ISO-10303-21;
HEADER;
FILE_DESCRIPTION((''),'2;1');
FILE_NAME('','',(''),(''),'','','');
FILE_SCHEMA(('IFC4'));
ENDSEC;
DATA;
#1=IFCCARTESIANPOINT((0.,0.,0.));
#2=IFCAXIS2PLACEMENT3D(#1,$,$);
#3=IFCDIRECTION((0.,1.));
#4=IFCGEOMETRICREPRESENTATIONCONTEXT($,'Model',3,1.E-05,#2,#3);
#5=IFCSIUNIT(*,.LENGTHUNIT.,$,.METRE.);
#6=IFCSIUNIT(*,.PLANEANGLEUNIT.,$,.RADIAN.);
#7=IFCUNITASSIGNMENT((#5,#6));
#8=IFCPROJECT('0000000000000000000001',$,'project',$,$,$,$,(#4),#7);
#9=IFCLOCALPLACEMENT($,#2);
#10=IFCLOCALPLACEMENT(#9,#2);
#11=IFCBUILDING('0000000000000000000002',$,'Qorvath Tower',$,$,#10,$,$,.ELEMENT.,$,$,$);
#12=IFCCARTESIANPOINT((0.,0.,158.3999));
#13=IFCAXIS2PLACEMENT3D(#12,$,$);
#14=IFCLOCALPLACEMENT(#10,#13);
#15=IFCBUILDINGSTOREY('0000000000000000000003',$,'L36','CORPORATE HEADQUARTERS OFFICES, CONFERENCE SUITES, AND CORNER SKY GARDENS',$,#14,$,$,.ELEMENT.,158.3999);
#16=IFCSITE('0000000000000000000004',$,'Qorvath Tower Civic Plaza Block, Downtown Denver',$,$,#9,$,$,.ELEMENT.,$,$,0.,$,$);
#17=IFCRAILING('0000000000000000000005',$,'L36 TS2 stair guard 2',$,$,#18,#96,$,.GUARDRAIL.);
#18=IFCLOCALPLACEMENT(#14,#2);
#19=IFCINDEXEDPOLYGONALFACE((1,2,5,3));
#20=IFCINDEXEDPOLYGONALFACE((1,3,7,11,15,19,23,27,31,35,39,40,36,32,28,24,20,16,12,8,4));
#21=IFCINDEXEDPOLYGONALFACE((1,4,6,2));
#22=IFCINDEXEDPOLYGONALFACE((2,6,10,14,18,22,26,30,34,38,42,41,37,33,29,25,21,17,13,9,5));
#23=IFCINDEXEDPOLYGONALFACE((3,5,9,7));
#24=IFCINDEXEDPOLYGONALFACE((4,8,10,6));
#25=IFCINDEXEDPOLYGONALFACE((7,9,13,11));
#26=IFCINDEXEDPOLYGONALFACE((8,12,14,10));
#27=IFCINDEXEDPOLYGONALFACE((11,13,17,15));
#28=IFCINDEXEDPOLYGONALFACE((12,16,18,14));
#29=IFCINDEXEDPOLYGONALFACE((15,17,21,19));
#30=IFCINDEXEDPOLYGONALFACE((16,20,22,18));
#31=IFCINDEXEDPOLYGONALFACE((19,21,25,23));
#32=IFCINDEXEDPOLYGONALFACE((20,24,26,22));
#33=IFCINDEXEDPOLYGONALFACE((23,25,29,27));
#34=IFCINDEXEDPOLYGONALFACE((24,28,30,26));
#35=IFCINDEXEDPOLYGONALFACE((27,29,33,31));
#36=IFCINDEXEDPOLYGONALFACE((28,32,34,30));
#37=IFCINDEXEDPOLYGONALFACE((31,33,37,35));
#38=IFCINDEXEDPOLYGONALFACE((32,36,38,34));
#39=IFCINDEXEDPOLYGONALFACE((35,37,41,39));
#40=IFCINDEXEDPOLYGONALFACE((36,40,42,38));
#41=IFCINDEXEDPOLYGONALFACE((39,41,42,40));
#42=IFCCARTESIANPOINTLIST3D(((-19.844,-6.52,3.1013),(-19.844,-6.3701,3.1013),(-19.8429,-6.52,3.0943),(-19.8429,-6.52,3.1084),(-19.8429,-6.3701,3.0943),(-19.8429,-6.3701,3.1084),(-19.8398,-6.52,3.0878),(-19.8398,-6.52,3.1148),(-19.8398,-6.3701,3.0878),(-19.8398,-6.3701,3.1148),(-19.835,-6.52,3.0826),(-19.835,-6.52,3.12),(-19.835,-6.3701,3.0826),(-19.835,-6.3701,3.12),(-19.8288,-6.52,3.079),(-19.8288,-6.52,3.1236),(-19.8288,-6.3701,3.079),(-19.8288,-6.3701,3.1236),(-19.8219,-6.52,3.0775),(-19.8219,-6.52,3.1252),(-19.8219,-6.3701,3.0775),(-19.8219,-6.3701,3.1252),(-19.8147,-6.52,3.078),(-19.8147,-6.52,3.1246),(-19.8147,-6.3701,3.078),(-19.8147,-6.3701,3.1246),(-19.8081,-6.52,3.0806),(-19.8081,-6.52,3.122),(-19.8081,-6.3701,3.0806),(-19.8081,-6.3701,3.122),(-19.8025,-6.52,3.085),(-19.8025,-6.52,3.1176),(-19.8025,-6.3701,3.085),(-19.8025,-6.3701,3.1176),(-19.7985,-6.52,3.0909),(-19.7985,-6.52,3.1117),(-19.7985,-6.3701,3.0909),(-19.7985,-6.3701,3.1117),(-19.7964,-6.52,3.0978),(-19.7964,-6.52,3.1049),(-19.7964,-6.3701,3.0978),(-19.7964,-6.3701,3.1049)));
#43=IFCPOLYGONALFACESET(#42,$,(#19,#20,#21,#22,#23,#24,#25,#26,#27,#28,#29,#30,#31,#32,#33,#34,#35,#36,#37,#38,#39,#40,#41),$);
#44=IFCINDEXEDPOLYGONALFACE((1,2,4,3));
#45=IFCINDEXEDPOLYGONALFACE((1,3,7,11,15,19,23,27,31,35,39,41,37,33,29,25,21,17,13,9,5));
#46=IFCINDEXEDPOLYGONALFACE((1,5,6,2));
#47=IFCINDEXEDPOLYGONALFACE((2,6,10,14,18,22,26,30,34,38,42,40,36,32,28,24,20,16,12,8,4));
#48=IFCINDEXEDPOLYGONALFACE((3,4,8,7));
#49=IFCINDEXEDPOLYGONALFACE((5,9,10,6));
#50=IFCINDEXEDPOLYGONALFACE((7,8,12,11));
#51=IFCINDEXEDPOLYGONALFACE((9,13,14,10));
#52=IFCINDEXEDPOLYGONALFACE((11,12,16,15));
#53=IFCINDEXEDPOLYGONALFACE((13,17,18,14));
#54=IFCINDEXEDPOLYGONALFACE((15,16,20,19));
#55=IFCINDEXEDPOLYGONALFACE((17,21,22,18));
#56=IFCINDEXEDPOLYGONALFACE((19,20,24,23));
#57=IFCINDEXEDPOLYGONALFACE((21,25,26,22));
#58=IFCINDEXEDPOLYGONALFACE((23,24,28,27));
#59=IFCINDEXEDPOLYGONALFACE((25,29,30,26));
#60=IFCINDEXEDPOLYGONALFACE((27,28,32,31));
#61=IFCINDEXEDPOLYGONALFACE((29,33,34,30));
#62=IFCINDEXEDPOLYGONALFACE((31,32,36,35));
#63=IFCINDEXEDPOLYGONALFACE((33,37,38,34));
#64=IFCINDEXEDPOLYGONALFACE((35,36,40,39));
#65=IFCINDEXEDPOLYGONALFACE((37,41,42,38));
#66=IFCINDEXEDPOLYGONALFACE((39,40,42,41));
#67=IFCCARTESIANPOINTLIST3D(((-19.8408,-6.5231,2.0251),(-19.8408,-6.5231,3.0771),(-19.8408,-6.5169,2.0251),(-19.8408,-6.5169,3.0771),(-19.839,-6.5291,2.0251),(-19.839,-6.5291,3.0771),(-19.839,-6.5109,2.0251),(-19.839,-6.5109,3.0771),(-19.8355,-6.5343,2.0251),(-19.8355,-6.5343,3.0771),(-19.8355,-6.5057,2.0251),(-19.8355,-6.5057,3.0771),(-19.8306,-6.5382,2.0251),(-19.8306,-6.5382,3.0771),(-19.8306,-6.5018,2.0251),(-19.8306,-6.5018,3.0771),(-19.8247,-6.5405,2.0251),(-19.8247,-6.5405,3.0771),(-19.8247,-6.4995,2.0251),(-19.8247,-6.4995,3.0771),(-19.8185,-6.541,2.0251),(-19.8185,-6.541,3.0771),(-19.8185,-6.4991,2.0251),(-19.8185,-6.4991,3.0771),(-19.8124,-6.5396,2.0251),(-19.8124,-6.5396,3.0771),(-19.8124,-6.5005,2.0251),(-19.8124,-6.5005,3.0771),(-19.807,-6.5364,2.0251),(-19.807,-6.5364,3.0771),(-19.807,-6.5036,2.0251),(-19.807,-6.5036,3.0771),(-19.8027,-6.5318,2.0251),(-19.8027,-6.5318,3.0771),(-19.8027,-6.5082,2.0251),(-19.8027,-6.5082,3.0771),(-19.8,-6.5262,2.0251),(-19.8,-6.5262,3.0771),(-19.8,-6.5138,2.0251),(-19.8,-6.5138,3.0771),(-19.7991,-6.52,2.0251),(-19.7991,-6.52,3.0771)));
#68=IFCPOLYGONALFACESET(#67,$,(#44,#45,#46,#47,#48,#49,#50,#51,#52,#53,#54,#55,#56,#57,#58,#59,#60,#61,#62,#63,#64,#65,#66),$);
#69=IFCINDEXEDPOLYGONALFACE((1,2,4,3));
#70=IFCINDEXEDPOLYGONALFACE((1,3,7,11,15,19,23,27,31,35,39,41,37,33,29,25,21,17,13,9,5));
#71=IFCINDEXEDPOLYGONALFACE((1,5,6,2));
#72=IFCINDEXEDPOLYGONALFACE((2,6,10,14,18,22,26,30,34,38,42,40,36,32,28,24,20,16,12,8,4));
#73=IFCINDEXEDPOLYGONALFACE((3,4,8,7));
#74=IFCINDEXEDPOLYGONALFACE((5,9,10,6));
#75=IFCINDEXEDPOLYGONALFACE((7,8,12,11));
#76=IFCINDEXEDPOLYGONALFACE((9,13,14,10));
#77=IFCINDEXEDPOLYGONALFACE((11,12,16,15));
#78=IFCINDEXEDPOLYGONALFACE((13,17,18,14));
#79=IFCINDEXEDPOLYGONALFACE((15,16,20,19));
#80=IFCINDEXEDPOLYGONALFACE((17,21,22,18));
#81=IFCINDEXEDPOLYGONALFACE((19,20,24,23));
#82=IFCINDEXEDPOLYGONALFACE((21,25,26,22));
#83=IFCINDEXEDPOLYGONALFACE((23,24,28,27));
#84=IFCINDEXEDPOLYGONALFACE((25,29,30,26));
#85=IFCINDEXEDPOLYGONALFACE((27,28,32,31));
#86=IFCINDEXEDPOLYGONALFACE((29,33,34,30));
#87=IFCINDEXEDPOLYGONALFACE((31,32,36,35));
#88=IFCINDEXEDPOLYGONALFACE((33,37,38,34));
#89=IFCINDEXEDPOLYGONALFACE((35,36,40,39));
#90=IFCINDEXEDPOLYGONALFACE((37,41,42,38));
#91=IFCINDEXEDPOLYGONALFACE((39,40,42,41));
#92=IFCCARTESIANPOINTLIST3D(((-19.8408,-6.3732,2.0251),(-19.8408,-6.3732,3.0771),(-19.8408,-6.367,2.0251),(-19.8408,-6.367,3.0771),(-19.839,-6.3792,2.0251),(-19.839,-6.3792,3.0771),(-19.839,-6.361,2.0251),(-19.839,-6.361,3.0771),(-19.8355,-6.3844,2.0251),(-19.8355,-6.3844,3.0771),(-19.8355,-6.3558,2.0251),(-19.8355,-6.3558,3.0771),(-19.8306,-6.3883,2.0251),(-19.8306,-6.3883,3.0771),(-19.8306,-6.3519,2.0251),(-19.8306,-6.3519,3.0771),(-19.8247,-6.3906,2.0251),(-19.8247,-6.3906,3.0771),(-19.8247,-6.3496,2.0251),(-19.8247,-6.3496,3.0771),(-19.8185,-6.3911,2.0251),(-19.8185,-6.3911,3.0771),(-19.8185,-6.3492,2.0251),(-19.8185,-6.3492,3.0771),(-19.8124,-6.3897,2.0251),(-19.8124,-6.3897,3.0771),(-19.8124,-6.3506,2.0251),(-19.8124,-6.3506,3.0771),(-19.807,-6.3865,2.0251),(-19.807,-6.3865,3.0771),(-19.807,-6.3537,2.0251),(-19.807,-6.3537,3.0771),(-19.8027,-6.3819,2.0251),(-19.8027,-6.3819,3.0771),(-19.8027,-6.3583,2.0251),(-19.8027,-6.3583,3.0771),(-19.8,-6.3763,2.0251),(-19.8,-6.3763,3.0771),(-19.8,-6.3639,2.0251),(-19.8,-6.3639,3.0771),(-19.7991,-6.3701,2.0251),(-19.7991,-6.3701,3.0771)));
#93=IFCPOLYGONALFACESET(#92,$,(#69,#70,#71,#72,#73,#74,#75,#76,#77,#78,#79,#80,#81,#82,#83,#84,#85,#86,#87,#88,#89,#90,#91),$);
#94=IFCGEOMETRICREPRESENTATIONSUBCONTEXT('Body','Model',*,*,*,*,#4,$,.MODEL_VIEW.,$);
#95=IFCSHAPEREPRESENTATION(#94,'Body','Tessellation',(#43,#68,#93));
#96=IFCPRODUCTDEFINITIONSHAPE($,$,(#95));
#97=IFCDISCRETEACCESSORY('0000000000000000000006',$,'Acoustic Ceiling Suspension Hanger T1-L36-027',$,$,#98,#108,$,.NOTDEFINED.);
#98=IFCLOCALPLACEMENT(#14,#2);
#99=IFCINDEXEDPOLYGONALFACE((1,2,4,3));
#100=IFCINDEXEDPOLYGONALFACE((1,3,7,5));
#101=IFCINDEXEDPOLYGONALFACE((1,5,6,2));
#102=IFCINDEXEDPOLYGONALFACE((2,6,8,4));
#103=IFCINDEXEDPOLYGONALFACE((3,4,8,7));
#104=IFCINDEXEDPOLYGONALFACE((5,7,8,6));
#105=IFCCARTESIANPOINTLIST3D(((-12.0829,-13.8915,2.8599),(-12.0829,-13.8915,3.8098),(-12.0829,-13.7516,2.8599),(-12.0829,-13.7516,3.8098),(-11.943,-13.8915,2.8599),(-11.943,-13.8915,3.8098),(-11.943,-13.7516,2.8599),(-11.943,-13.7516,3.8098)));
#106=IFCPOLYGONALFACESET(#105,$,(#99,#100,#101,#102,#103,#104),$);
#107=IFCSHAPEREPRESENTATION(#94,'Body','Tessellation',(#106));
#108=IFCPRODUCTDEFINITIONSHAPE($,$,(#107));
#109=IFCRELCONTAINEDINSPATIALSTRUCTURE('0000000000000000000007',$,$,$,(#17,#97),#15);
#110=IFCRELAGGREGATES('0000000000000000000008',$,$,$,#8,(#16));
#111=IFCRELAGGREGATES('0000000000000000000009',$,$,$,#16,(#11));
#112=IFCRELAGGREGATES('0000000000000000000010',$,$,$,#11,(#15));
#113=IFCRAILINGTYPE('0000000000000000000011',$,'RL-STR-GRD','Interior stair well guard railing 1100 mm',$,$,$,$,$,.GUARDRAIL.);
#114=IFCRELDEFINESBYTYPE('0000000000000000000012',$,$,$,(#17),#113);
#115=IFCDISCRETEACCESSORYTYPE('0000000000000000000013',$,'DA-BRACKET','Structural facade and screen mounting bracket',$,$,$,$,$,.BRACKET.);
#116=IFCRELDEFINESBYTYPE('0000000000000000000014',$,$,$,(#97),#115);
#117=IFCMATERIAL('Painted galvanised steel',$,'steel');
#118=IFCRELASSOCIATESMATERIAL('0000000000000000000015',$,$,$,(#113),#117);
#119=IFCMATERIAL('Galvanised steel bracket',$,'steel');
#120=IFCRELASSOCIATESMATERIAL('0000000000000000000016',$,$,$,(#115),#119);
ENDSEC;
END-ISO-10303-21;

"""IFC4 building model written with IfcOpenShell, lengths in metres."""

from ifc_helpers import new_model, si_unit, direction, frame, origin, origin_2d, place, context, subcontext, project, spatial, rectangle, circle, extrude, material, type_object, element, save


model = new_model("IFC4")

# Units and contexts
model_context = context("Model", 3, precision=1e-05, world=origin(), true_north=direction((0.0, 1.0)))
body_context = subcontext(model_context, "Body", "Model", "MODEL_VIEW")
ifc_project = project(units=[si_unit("LENGTHUNIT", "METRE"), si_unit("PLANEANGLEUNIT", "RADIAN")], contexts=[model_context])

# Site, building, storey
site_placement = place(None, origin())
site = spatial("IfcSite", under=ifc_project, at=site_placement, Name="Qorvath Tower Civic Plaza Block, Downtown Denver", CompositionType="ELEMENT", RefElevation=0.0)
building_placement = place(site_placement, origin())
building = spatial("IfcBuilding", under=site, at=building_placement, Name="Qorvath Tower", CompositionType="ELEMENT")
storey_placement = place(building_placement, frame((0.0, 0.0, 158.3999)))
storey = spatial("IfcBuildingStorey", under=building, at=storey_placement, Name="L36", Description="CORPORATE HEADQUARTERS OFFICES, CONFERENCE SUITES, AND CORNER SKY GARDENS", CompositionType="ELEMENT", Elevation=158.3999)

# Railing
ifc_material_1 = material(Name="Painted galvanised steel", Category="steel")
railing_type = type_object("IfcRailingType", Name="RL-STR-GRD", Description="Interior stair well guard railing 1100 mm", PredefinedType="GUARDRAIL", material=ifc_material_1)
railing_placement = place(storey_placement, frame((-19.8201, -6.52, 2.0251)))
element("IfcRailing", 1, at=railing_placement, inside=storey, type_object=railing_type, Name="L36 TS2 stair guard 2", PredefinedType="GUARDRAIL", context=body_context, shape_type="SweptSolid", body=[
    extrude(circle(Radius=0.0239, at=origin_2d()), frame((0.0, 0.0, 1.0762), z_axis=(0.0, 1.0, 0.0), x_axis=(-1.0, 0.0, 0.0)), (0.0, 0.0, 1.0), 0.1499),
    extrude(circle(Radius=0.021, at=origin_2d()), origin(), (0.0, 0.0, 1.0), 1.052),
    extrude(circle(Radius=0.021, at=origin_2d()), frame((0.0, 0.1499, 0.0)), (0.0, 0.0, 1.0), 1.052),
])

# Discrete accessory
ifc_material_2 = material(Name="Galvanised steel bracket", Category="steel")
discrete_accessory_type = type_object("IfcDiscreteAccessoryType", Name="DA-BRACKET", Description="Structural facade and screen mounting bracket", PredefinedType="BRACKET", material=ifc_material_2)
discrete_accessory_placement = place(storey_placement, frame((-12.0129, -13.8215, 2.8599), z_axis=(0.0, 0.0, 1.0), x_axis=(1.0, 0.0, 0.0)))
element("IfcDiscreteAccessory", 2, at=discrete_accessory_placement, inside=storey, type_object=discrete_accessory_type, Name="Acoustic Ceiling Suspension Hanger T1-L36-027", PredefinedType="NOTDEFINED", context=body_context, shape_type="SweptSolid", body=[
    extrude(rectangle(XDim=0.1399, YDim=0.1399, at=origin_2d()), origin(), (0.0, 0.0, 1.0), 0.95),
])

save(model, "model.ifc")
